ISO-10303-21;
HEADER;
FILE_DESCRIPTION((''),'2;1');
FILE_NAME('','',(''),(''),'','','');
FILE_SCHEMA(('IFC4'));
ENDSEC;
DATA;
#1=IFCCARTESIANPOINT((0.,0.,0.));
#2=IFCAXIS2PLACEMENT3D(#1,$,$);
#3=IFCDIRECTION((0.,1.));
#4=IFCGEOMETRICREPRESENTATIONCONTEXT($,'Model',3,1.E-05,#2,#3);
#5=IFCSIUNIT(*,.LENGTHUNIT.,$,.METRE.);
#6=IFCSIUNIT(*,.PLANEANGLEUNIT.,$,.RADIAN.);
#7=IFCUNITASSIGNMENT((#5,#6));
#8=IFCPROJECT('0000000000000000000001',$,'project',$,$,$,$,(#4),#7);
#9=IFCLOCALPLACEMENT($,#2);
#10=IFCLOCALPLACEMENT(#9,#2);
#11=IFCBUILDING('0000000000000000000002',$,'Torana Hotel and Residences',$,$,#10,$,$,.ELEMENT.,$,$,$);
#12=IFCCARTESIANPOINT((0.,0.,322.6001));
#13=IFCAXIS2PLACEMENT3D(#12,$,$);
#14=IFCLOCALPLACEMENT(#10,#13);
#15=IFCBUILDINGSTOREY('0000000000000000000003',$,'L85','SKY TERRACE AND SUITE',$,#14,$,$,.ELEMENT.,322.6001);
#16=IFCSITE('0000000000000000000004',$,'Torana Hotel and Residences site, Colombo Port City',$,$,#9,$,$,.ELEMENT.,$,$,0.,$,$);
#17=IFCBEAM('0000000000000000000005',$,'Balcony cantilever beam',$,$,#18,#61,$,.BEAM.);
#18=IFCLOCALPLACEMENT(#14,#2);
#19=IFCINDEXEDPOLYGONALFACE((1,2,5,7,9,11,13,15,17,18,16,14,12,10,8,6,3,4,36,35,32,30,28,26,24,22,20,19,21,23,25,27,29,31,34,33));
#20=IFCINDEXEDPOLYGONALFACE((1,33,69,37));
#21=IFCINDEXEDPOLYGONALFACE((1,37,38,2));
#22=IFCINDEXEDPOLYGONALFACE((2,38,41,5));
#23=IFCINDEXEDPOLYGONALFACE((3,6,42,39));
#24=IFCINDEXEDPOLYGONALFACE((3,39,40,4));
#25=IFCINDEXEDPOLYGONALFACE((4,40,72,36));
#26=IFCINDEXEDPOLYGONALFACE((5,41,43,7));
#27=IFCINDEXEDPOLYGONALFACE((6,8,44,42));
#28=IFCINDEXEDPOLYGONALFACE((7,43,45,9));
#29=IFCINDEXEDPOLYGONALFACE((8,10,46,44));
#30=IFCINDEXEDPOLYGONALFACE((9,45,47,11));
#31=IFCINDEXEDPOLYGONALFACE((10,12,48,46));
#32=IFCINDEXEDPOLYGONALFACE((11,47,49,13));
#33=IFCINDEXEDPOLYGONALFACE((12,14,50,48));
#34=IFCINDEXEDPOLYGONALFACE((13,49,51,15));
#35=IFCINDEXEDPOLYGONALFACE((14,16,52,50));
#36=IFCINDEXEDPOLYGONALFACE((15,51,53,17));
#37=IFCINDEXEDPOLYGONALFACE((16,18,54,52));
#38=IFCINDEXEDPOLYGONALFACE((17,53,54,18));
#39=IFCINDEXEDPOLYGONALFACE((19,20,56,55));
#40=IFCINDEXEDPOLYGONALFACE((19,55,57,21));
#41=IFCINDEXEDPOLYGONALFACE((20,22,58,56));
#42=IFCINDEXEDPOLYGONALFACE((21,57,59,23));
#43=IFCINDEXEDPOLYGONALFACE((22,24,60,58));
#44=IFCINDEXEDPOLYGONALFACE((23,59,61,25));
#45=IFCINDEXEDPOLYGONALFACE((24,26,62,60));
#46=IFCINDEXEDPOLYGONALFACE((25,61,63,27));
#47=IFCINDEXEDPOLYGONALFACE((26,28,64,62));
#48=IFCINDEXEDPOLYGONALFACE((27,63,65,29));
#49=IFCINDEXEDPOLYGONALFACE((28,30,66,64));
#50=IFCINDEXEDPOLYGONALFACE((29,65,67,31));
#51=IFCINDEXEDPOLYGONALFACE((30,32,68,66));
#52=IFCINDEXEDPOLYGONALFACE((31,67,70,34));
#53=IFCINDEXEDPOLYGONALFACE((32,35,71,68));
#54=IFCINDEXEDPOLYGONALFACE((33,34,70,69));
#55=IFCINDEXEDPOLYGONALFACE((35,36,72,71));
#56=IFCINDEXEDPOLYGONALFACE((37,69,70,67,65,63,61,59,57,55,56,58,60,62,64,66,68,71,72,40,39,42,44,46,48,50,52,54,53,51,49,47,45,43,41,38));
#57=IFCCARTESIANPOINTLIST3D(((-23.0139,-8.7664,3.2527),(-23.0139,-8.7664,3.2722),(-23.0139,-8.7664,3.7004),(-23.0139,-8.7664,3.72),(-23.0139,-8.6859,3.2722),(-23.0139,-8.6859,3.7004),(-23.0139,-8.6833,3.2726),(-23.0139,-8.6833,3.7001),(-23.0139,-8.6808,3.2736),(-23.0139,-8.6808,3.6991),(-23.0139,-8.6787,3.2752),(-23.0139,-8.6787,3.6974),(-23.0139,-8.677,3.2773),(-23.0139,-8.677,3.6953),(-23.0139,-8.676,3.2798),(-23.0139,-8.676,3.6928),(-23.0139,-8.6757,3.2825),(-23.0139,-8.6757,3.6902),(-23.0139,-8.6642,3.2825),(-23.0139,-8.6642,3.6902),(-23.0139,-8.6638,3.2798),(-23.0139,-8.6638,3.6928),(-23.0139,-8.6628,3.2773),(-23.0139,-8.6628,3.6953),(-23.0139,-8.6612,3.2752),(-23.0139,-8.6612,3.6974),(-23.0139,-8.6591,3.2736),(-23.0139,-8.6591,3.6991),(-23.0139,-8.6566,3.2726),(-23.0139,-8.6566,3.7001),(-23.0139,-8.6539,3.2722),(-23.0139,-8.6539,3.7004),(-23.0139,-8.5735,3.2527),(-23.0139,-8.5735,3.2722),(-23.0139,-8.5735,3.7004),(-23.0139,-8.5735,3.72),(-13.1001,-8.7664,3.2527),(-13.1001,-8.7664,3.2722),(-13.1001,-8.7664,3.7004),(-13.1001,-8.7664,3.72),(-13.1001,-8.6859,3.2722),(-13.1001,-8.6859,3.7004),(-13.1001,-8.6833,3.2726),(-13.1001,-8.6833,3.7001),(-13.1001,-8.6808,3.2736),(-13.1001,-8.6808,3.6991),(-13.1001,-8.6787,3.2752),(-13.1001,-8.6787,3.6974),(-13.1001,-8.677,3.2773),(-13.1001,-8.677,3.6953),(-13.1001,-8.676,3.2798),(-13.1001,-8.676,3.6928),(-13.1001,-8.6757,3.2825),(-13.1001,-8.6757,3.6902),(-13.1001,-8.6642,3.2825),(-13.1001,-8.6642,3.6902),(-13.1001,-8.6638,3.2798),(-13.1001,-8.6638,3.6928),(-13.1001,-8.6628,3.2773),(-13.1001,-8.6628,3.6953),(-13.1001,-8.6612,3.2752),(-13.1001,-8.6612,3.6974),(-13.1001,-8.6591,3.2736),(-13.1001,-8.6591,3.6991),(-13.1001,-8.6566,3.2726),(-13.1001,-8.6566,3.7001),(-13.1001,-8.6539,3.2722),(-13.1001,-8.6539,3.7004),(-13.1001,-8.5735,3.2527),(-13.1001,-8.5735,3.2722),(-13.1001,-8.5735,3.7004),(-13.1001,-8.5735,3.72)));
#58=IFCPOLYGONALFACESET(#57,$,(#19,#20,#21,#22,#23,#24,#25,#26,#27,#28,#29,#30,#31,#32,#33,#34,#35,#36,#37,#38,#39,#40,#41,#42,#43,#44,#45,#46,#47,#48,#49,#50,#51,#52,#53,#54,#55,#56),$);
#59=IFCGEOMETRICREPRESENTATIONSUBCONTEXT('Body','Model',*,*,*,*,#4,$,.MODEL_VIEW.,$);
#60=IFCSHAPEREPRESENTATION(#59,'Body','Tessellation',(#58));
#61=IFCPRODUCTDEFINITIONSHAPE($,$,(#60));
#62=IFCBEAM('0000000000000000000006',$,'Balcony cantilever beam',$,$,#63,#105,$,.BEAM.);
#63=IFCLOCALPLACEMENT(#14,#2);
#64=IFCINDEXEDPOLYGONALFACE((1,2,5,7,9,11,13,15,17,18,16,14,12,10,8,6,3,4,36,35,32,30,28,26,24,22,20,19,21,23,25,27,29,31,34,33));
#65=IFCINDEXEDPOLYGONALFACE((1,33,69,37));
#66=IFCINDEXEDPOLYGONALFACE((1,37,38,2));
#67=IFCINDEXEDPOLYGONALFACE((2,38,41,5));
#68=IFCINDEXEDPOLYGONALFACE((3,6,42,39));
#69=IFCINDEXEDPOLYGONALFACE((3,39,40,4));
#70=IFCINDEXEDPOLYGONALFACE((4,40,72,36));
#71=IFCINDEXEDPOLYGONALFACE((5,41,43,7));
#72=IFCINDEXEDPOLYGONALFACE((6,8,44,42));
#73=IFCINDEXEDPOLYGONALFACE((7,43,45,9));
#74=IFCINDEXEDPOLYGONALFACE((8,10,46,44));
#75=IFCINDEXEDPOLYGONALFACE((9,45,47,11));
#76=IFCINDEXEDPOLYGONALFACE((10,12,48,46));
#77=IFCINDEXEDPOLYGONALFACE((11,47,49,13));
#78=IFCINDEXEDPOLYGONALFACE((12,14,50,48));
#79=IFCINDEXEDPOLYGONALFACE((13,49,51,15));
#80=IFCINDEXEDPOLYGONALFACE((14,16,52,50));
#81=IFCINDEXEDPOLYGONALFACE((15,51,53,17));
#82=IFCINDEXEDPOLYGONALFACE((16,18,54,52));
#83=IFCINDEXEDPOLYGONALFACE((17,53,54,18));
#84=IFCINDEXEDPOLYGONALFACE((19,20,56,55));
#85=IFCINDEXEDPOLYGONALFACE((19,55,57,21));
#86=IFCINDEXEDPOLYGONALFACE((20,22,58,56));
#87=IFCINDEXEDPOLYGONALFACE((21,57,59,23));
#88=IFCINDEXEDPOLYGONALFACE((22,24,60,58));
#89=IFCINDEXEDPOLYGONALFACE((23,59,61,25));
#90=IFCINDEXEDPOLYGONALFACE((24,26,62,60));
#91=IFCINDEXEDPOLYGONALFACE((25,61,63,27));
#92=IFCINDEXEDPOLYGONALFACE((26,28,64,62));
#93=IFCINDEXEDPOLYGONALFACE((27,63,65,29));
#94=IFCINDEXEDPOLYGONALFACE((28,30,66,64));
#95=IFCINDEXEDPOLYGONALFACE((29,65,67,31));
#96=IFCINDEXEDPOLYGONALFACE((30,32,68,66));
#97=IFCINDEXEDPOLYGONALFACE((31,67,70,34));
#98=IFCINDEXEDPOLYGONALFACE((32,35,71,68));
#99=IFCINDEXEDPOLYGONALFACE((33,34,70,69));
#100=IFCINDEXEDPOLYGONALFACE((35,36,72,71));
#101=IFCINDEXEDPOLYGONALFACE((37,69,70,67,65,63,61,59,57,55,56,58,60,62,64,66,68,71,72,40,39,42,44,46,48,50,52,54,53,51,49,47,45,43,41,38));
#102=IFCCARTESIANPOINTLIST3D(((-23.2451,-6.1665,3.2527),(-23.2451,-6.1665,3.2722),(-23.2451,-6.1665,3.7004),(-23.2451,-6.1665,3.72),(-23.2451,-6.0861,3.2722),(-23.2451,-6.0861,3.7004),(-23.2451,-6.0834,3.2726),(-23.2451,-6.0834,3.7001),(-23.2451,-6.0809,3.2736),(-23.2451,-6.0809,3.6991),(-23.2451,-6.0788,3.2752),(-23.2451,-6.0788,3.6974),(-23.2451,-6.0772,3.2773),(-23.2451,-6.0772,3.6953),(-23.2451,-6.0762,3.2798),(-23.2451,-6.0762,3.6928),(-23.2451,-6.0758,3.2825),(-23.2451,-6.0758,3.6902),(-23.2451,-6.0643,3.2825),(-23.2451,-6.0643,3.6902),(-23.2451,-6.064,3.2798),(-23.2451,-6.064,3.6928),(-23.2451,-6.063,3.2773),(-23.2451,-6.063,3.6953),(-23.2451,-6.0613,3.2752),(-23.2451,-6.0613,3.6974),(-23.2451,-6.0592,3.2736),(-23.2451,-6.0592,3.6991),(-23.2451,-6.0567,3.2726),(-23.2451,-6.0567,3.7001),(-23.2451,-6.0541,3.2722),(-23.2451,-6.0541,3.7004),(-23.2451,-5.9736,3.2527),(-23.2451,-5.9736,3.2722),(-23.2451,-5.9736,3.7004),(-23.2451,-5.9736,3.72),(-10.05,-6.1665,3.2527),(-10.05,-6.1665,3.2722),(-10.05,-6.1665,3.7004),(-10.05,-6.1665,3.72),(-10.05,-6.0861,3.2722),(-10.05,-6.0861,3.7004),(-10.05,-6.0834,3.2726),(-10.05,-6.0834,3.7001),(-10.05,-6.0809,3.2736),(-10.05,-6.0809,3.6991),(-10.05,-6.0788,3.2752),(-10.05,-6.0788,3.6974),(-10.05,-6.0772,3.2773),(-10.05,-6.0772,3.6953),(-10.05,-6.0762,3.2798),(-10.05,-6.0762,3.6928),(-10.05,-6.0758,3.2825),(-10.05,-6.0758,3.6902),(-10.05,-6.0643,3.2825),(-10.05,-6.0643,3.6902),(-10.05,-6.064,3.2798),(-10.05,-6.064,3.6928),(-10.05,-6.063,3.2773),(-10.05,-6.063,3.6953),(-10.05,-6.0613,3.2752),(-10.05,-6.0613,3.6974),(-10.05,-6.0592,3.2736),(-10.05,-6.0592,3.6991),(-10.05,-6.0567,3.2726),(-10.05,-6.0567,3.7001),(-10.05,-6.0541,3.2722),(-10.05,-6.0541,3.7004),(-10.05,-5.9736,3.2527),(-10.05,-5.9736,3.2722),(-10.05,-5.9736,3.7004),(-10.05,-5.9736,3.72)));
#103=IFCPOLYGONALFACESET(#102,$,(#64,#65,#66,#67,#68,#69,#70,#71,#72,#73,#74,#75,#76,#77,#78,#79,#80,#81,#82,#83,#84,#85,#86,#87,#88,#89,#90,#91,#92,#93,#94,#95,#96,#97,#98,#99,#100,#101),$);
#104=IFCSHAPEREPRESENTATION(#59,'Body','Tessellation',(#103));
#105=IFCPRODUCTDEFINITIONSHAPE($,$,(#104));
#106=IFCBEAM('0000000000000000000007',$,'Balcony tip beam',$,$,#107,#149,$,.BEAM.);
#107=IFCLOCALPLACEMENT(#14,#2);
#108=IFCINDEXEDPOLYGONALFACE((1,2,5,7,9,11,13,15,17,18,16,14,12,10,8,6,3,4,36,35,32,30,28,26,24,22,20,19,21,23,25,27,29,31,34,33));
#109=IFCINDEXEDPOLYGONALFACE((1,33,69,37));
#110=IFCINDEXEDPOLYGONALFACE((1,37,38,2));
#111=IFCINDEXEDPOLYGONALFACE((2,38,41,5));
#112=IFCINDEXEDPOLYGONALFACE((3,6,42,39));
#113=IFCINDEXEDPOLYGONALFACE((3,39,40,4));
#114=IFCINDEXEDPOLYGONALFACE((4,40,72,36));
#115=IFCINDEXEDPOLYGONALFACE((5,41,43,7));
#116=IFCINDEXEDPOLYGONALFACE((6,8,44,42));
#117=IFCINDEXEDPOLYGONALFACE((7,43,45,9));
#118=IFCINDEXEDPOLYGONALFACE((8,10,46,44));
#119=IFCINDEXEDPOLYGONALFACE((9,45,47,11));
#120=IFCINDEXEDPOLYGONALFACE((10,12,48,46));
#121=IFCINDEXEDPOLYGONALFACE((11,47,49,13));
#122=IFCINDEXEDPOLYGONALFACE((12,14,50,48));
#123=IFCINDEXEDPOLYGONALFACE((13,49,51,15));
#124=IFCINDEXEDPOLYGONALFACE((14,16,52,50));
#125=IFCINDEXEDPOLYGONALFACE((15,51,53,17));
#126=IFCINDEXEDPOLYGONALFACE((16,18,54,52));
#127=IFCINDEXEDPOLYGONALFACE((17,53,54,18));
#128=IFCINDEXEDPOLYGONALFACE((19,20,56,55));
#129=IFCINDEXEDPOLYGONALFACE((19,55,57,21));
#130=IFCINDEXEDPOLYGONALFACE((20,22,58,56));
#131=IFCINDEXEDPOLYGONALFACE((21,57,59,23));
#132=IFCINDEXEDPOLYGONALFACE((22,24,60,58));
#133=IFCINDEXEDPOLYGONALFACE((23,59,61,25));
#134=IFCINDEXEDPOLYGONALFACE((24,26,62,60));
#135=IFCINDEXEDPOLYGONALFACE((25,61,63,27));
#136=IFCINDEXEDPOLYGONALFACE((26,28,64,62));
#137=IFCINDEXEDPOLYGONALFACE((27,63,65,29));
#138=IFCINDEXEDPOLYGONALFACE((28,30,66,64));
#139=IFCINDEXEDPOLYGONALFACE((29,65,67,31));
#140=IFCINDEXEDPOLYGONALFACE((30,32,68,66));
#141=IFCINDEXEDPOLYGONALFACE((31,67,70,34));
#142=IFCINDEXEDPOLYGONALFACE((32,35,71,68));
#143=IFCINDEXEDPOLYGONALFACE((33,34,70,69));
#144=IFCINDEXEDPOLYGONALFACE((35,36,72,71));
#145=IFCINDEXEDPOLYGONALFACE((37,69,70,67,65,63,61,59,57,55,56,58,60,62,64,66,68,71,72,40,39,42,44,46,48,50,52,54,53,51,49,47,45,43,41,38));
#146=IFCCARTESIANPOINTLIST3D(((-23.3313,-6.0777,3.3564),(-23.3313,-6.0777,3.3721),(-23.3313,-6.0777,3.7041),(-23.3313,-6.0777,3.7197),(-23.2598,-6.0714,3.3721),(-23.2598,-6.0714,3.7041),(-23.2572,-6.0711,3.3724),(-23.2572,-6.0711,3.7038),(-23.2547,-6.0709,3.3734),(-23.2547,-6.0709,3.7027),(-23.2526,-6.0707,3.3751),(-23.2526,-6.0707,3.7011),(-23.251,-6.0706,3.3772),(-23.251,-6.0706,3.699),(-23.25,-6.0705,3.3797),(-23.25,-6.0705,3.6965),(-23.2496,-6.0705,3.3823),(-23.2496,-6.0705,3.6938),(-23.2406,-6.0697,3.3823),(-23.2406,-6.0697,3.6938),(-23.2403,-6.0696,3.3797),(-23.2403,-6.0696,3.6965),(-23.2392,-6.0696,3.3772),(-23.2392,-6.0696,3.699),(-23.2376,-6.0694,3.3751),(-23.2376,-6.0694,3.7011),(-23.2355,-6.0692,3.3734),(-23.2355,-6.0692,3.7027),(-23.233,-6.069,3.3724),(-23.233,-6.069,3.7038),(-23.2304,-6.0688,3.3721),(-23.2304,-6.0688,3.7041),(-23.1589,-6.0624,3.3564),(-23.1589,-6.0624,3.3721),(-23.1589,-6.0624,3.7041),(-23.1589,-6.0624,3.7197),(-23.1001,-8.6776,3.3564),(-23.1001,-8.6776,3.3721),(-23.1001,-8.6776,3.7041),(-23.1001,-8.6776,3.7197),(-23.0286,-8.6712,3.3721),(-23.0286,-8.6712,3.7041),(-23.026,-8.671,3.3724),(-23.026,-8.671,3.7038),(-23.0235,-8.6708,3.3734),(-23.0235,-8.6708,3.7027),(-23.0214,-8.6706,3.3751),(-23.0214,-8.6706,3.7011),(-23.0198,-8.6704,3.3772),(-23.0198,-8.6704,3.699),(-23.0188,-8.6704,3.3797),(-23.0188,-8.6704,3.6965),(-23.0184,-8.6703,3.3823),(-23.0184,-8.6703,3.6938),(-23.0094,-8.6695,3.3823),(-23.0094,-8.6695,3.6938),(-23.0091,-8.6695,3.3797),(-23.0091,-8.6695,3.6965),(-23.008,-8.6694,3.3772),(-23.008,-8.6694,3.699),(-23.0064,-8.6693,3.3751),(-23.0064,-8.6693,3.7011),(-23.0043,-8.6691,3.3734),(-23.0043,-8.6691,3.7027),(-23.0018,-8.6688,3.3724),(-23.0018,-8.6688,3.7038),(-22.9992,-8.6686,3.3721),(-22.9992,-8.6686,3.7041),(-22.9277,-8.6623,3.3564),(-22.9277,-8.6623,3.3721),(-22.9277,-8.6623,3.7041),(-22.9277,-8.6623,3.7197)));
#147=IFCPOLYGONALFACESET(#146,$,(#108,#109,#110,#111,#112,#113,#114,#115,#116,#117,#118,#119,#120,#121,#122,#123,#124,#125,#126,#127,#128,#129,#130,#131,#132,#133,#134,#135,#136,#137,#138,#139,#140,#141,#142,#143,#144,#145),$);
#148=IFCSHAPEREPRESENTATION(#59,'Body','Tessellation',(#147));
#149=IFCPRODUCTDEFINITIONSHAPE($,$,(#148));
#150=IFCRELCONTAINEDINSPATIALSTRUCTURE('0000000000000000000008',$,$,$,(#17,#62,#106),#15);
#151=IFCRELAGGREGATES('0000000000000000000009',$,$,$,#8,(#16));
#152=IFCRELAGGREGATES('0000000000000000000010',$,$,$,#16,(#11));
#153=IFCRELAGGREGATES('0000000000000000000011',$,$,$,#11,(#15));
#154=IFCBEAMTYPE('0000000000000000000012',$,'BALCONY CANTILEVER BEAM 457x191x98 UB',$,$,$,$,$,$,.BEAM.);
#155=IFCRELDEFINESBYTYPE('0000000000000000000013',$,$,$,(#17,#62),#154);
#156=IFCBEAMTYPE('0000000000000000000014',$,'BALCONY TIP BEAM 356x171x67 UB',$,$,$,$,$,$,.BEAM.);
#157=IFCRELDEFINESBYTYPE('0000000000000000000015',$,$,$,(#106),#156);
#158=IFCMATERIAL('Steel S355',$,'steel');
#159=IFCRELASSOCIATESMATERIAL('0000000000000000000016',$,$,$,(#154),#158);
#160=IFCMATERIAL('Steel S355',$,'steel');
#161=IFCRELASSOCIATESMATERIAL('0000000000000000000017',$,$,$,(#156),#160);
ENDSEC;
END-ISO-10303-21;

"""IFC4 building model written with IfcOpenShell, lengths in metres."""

from ifc_helpers import new_model, si_unit, direction, frame, origin, origin_2d, place, context, subcontext, project, spatial, i_section, extrude, material, material_profile, profile_set, type_object, element, save


model = new_model("IFC4")

# Units and contexts
model_context = context("Model", 3, precision=1e-05, world=origin(), true_north=direction((0.0, 1.0)))
body_context = subcontext(model_context, "Body", "Model", "MODEL_VIEW")
ifc_project = project(units=[si_unit("LENGTHUNIT", "METRE"), si_unit("PLANEANGLEUNIT", "RADIAN")], contexts=[model_context])

# Site, building, storey
site_placement = place(None, origin())
site = spatial("IfcSite", under=ifc_project, at=site_placement, Name="Torana Hotel and Residences site, Colombo Port City", CompositionType="ELEMENT", RefElevation=0.0)
building_placement = place(site_placement, origin())
building = spatial("IfcBuilding", under=site, at=building_placement, Name="Torana Hotel and Residences", CompositionType="ELEMENT")
storey_placement = place(building_placement, frame((0.0, 0.0, 322.6001)))
storey = spatial("IfcBuildingStorey", under=building, at=storey_placement, Name="L85", Description="SKY TERRACE AND SUITE", CompositionType="ELEMENT", Elevation=322.6001)

# Beams
ifc_material_1 = material(Name="Steel S355", Category="steel")
ifc_material_profile_1 = material_profile(ifc_material_1, i_section(OverallWidth=0.1929, OverallDepth=0.4673, WebThickness=0.0115, FlangeThickness=0.0195, FilletRadius=0.0103, at=origin_2d()), Name="457x191x98 UB")
ifc_profile_set_1 = profile_set([ifc_material_profile_1], Name="Steel S355")
beam_type_1 = type_object("IfcBeamType", Name="BALCONY CANTILEVER BEAM 457x191x98 UB", PredefinedType="BEAM", material=ifc_profile_set_1)
beam_1_placement = place(storey_placement, frame((-23.0139, -8.6699, 3.4863), z_axis=(1.0, 0.0, 0.0), x_axis=(0.0, 1.0, 0.0)))
element("IfcBeam", 1, at=beam_1_placement, inside=storey, type_object=beam_type_1, Name="Balcony cantilever beam", PredefinedType="BEAM", context=body_context, shape_type="SweptSolid", body=[
    extrude(i_section(OverallWidth=0.1929, OverallDepth=0.4673, WebThickness=0.0115, FlangeThickness=0.0195, FilletRadius=0.0103, at=origin_2d()), origin(), (0.0, 0.0, 1.0), 9.9138),
])
beam_2_placement = place(storey_placement, frame((-23.2451, -6.0701, 3.4863), z_axis=(1.0, 0.0, 0.0), x_axis=(0.0, 1.0, 0.0)))
element("IfcBeam", 2, at=beam_2_placement, inside=storey, type_object=beam_type_1, Name="Balcony cantilever beam", PredefinedType="BEAM", context=body_context, shape_type="SweptSolid", body=[
    extrude(i_section(OverallWidth=0.1929, OverallDepth=0.4673, WebThickness=0.0115, FlangeThickness=0.0195, FilletRadius=0.0103, at=origin_2d()), origin(), (0.0, 0.0, 1.0), 13.1951),
])
ifc_material_2 = material(Name="Steel S355", Category="steel")
ifc_material_profile_2 = material_profile(ifc_material_2, i_section(OverallWidth=0.1731, OverallDepth=0.3633, WebThickness=0.009, FlangeThickness=0.0156, FilletRadius=0.0103, at=origin_2d()), Name="356x171x67 UB")
ifc_profile_set_2 = profile_set([ifc_material_profile_2], Name="Steel S355")
beam_type_2 = type_object("IfcBeamType", Name="BALCONY TIP BEAM 356x171x67 UB", PredefinedType="BEAM", material=ifc_profile_set_2)
beam_3_placement = place(storey_placement, frame((-23.0139, -8.6699, 3.5381), z_axis=(-0.088579, 0.996069, 0.0), x_axis=(-0.996069, -0.088579, 0.0)))
element("IfcBeam", 3, at=beam_3_placement, inside=storey, type_object=beam_type_2, Name="Balcony tip beam", PredefinedType="BEAM", context=body_context, shape_type="SweptSolid", body=[
    extrude(i_section(OverallWidth=0.1731, OverallDepth=0.3633, WebThickness=0.009, FlangeThickness=0.0156, FilletRadius=0.0103, at=origin_2d()), origin(), (0.0, 0.0, 1.0), 2.6101),
])

save(model, "model.ifc")
